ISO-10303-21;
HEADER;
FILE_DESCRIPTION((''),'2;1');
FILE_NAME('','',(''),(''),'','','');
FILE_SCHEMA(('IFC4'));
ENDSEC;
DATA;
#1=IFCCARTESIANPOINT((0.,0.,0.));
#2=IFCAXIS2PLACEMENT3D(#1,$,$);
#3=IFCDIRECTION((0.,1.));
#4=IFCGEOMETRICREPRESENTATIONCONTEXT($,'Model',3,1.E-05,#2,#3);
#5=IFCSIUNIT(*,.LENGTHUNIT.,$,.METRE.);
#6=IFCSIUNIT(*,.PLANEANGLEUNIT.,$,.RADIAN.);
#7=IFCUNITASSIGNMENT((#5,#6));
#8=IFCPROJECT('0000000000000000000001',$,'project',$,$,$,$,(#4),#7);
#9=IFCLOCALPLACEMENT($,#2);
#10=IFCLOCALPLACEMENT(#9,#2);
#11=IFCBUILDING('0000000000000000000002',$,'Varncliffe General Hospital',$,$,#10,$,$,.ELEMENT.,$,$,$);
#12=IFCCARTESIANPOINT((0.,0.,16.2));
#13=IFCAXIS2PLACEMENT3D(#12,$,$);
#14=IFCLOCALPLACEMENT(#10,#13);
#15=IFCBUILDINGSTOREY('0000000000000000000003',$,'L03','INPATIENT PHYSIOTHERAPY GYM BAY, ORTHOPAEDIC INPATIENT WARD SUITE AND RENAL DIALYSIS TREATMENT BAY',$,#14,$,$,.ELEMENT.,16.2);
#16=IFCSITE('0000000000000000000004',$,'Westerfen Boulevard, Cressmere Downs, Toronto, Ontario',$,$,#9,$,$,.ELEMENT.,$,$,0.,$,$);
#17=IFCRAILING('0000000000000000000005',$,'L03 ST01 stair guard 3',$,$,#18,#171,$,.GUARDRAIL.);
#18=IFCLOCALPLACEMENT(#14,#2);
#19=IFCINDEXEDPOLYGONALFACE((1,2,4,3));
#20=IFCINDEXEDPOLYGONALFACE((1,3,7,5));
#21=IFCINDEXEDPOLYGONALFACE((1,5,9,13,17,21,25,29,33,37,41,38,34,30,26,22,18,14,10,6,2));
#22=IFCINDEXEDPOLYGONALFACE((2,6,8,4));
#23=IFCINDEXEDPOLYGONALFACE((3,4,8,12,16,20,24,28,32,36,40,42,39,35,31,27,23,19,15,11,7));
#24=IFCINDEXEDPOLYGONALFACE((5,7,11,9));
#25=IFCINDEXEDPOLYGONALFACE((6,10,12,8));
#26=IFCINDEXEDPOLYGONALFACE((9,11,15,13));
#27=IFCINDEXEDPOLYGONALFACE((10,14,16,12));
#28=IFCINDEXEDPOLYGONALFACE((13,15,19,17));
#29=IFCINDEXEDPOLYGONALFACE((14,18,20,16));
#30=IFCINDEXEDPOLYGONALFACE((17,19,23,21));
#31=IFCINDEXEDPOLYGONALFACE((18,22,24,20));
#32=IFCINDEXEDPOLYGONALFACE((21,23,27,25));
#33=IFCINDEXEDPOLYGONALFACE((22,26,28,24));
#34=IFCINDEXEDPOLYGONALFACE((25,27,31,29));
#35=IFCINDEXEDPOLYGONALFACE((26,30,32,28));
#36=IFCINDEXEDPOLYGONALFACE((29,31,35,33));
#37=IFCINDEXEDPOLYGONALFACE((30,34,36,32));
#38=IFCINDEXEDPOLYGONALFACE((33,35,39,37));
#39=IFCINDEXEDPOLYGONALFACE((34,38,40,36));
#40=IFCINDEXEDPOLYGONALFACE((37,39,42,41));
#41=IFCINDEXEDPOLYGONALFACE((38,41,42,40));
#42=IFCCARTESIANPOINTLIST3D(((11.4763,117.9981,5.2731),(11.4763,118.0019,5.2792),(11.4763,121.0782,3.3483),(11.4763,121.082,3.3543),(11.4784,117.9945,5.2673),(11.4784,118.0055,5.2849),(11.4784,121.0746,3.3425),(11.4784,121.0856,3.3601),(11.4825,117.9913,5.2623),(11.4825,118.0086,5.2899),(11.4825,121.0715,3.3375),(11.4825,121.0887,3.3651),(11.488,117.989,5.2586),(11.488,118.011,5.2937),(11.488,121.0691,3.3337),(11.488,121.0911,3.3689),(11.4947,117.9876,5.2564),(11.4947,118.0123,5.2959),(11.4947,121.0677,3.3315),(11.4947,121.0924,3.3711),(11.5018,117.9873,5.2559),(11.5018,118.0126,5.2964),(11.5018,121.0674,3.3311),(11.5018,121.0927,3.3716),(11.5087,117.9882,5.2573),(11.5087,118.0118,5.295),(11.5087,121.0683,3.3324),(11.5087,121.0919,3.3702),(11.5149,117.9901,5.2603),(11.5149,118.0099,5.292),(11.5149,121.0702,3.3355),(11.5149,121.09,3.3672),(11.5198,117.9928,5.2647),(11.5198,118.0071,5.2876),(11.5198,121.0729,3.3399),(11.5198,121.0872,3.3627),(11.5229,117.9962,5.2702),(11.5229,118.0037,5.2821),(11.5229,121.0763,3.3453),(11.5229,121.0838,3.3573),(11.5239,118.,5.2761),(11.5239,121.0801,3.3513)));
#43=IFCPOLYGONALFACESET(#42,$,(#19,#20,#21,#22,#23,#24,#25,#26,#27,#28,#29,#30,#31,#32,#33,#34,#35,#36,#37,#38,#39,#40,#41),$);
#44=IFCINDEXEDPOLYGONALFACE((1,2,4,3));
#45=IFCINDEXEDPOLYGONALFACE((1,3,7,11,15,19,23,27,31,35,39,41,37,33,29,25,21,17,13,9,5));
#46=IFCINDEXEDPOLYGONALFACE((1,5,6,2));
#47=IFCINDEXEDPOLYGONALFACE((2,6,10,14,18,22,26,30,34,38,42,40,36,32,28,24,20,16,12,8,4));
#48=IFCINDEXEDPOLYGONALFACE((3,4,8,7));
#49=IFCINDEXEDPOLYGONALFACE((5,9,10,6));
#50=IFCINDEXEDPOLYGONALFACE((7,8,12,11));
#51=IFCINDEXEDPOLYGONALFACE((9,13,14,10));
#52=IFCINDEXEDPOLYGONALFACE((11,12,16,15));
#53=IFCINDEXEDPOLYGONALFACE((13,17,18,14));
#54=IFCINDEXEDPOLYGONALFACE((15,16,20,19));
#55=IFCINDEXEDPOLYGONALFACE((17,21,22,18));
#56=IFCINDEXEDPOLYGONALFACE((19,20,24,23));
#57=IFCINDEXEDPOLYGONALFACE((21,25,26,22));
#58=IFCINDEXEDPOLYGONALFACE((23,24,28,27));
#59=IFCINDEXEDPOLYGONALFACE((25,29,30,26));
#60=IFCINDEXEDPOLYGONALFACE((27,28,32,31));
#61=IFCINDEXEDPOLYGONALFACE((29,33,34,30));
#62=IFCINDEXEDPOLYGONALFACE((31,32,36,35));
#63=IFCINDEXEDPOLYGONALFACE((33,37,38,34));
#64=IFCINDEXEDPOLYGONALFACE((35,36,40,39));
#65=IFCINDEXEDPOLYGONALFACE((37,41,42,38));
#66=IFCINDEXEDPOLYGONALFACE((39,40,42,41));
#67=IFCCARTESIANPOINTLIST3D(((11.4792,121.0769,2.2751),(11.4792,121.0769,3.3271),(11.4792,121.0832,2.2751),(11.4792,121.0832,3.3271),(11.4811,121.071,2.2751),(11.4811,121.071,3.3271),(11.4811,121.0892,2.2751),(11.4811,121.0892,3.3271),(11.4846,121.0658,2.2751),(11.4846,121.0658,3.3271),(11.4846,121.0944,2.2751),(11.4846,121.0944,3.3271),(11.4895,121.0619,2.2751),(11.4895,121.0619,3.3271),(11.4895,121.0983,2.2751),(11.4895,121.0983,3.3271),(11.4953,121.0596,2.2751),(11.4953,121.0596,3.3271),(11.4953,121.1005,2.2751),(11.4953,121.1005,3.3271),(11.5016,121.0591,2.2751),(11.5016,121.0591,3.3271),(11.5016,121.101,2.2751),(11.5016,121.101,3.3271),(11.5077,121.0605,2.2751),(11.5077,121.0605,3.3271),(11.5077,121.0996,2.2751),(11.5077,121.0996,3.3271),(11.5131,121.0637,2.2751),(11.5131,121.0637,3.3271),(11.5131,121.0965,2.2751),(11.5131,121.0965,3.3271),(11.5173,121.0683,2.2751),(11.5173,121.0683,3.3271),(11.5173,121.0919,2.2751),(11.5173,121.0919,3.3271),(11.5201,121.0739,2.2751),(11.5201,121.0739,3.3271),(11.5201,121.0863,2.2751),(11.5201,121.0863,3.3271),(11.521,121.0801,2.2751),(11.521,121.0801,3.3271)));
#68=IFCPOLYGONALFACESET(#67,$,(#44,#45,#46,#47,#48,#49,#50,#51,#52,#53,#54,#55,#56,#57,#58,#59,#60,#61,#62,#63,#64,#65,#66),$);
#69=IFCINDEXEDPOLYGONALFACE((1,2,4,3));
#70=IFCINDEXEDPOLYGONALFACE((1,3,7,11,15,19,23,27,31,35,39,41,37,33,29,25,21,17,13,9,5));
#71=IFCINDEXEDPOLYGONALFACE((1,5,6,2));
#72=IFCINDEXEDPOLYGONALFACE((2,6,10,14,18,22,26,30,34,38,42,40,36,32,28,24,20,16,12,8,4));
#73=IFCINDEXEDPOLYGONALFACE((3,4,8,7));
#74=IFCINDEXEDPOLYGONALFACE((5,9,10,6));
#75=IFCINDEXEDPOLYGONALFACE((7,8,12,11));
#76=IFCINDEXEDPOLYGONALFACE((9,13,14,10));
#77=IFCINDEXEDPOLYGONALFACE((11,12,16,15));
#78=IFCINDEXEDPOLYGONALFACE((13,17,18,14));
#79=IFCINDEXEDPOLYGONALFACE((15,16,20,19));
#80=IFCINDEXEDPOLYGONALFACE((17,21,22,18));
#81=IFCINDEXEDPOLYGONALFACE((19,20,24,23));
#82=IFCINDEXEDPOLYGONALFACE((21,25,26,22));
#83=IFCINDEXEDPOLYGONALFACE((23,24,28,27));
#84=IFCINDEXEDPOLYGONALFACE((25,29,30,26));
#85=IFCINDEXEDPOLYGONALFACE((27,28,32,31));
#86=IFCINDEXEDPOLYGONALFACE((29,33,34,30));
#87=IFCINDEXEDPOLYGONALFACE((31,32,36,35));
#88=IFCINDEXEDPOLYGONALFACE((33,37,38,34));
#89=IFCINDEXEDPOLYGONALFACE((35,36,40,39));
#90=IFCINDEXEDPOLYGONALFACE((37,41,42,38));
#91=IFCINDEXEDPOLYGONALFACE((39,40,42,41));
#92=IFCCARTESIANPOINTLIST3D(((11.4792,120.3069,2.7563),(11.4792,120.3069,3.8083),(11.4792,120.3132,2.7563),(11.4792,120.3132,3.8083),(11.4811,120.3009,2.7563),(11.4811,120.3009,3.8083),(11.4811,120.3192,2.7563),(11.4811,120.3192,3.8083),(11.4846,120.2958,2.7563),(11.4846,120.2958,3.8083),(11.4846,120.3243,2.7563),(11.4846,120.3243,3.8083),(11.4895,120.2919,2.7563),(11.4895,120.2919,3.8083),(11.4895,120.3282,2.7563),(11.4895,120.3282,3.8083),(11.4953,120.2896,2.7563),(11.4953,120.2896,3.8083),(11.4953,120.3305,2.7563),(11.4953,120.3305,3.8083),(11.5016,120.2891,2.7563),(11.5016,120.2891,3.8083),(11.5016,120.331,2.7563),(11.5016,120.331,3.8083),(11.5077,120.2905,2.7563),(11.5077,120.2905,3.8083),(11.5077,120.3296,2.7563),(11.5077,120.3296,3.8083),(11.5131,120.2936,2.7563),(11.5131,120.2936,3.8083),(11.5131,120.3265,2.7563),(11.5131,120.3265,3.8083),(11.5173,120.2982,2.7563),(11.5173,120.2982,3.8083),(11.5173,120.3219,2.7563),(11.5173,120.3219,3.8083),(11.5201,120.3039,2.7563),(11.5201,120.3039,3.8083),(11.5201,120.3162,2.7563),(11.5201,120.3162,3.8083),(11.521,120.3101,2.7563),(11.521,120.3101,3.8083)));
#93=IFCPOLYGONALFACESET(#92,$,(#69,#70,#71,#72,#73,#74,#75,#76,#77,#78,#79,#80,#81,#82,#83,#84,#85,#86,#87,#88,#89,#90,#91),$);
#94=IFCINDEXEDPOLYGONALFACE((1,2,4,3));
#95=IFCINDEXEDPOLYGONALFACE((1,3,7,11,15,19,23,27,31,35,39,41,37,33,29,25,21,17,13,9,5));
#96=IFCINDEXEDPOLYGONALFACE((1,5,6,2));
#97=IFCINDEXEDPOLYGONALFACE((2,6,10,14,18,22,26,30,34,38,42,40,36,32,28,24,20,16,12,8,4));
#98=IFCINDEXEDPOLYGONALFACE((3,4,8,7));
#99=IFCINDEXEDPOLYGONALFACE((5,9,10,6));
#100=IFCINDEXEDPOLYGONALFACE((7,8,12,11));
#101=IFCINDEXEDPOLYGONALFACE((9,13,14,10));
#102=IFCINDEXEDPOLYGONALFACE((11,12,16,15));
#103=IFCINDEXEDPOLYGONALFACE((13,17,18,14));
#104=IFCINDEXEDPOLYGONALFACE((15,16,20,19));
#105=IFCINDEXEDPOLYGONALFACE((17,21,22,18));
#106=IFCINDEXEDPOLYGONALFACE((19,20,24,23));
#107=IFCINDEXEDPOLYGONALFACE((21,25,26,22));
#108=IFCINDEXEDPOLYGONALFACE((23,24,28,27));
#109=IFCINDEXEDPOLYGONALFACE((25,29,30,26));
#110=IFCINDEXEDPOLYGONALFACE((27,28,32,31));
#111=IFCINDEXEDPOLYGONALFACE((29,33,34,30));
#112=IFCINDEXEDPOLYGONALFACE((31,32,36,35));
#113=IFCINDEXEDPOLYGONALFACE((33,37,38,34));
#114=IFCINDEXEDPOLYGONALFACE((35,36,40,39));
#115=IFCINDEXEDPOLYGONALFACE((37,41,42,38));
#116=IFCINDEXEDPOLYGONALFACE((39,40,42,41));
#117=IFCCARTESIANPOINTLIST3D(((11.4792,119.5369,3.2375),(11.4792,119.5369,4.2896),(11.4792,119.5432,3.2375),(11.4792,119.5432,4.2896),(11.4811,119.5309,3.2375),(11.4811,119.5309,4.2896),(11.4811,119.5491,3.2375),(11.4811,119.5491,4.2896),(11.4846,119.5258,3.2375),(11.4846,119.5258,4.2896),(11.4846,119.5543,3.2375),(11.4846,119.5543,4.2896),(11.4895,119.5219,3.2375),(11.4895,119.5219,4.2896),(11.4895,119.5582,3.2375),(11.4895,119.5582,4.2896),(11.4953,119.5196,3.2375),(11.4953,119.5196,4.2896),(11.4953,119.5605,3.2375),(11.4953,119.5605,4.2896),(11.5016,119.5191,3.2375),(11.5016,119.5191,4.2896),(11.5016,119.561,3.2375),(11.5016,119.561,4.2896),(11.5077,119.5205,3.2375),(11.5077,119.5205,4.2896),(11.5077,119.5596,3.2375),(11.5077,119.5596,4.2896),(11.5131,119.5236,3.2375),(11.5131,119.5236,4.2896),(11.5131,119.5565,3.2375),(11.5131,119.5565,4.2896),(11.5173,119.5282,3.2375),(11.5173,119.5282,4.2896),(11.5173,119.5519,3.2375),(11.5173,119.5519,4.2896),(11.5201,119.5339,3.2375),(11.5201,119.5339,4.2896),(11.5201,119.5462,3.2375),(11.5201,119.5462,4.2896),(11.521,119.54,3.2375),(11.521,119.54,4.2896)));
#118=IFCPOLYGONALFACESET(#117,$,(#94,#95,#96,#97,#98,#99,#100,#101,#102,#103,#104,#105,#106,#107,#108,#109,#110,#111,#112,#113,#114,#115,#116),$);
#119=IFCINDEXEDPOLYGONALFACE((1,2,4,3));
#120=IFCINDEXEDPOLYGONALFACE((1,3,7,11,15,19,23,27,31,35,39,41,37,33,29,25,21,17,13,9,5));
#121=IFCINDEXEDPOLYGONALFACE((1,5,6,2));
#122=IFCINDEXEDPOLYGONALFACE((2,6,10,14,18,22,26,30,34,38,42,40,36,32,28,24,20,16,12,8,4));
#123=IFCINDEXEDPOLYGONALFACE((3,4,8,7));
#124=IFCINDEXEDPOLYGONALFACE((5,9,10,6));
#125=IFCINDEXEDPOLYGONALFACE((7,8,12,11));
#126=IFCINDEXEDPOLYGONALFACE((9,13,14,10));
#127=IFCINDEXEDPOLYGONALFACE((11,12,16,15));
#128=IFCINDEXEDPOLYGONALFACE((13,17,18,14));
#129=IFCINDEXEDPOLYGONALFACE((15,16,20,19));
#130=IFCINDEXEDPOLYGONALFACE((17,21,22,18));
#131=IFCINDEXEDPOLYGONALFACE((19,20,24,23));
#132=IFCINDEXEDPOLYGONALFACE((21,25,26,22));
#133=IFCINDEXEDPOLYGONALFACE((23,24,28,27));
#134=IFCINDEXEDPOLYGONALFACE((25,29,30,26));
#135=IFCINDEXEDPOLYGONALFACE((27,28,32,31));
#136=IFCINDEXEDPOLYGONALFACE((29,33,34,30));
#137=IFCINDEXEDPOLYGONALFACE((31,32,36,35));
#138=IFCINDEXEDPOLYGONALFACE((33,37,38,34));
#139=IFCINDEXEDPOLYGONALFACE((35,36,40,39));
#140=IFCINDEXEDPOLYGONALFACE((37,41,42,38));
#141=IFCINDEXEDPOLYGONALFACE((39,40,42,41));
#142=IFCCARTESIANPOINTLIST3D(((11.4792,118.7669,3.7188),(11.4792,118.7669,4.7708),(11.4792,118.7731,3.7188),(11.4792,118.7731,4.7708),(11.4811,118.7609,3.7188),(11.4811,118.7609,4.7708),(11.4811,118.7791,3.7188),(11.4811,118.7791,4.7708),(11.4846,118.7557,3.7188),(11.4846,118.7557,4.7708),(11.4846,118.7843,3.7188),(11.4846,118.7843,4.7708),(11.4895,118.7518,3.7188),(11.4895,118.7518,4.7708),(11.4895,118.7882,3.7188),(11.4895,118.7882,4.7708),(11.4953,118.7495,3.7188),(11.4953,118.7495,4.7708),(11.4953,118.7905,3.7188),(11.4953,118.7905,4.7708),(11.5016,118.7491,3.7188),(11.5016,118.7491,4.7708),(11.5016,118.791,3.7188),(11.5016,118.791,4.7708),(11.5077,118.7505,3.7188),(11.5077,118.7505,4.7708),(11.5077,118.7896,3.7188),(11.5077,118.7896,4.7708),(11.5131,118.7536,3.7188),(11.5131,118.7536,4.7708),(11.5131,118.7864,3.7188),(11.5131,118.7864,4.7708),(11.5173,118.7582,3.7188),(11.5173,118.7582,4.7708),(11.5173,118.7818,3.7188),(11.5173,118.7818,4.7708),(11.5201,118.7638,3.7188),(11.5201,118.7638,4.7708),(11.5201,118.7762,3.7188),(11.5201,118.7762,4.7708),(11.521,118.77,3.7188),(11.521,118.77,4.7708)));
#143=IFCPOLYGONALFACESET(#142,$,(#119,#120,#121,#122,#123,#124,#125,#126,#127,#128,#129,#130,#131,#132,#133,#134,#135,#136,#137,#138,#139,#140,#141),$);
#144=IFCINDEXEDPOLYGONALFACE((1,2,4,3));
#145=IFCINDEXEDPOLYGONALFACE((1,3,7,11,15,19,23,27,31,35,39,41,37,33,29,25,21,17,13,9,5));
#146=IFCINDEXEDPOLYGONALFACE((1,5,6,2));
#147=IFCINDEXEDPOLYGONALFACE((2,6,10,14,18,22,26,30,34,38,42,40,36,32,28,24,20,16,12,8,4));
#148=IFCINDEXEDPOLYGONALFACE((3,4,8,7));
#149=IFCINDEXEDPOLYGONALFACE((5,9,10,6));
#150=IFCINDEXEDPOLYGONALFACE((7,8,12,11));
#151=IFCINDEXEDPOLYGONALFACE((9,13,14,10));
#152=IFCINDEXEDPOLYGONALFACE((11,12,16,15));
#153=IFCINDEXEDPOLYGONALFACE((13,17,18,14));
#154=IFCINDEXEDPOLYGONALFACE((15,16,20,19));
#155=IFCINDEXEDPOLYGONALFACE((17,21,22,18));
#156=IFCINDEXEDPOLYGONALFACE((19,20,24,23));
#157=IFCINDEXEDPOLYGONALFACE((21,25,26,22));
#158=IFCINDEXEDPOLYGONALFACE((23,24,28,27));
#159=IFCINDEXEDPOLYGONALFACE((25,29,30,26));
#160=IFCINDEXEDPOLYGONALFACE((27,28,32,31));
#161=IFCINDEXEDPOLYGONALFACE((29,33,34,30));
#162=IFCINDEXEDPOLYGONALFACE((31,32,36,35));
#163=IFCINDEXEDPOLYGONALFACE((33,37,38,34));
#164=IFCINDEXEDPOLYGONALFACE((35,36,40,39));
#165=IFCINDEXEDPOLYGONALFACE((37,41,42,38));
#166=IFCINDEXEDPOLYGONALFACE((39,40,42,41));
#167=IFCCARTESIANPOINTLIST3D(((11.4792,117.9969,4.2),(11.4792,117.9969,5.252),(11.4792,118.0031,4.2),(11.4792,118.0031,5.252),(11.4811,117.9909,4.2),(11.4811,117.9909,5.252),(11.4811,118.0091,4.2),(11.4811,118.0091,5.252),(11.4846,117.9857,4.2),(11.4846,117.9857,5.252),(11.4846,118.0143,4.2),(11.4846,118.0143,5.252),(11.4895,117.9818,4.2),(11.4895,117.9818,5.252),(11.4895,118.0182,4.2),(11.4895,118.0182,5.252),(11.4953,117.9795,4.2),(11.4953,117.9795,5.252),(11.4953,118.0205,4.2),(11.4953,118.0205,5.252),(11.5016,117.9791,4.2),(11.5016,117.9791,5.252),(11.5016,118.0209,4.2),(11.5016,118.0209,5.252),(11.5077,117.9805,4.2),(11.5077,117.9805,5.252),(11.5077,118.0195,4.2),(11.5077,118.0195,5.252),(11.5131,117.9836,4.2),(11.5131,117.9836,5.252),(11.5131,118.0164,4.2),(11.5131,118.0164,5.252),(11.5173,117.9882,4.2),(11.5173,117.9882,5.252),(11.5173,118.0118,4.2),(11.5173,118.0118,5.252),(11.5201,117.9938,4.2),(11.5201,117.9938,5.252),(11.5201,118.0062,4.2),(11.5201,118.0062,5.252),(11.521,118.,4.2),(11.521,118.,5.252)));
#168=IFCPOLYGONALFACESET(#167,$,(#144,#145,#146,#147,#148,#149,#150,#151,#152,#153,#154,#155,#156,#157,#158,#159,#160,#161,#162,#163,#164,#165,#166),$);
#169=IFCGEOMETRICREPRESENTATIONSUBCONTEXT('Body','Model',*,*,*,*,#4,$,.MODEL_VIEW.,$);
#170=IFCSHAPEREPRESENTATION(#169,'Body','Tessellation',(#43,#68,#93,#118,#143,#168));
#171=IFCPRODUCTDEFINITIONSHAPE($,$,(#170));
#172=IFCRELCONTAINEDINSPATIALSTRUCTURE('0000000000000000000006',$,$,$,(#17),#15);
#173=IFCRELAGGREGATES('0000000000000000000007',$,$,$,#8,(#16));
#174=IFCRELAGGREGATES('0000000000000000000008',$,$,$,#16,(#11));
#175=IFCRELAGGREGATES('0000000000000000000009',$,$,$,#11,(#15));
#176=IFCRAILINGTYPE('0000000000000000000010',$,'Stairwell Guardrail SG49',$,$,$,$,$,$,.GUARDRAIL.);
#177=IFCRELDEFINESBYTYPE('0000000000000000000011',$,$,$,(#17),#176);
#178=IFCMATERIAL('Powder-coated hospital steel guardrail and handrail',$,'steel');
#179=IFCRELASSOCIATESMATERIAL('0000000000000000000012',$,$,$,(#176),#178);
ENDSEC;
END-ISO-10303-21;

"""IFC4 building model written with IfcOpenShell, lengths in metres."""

from ifc_helpers import new_model, si_unit, direction, frame, origin, origin_2d, place, context, subcontext, project, spatial, circle, extrude, material, type_object, element, save


model = new_model("IFC4")

# Units and contexts
model_context = context("Model", 3, precision=1e-05, world=origin(), true_north=direction((0.0, 1.0)))
body_context = subcontext(model_context, "Body", "Model", "MODEL_VIEW")
ifc_project = project(units=[si_unit("LENGTHUNIT", "METRE"), si_unit("PLANEANGLEUNIT", "RADIAN")], contexts=[model_context])

# Site, building, storey
site_placement = place(None, origin())
site = spatial("IfcSite", under=ifc_project, at=site_placement, Name="Westerfen Boulevard, Cressmere Downs, Toronto, Ontario", CompositionType="ELEMENT", RefElevation=0.0)
building_placement = place(site_placement, origin())
building = spatial("IfcBuilding", under=site, at=building_placement, Name="Varncliffe General Hospital", CompositionType="ELEMENT")
storey_placement = place(building_placement, frame((0.0, 0.0, 16.2)))
storey = spatial("IfcBuildingStorey", under=building, at=storey_placement, Name="L03", Description="INPATIENT PHYSIOTHERAPY GYM BAY, ORTHOPAEDIC INPATIENT WARD SUITE AND RENAL DIALYSIS TREATMENT BAY", CompositionType="ELEMENT", Elevation=16.2)

# Railing
ifc_material_1 = material(Name="Powder-coated hospital steel guardrail and handrail", Category="steel")
railing_type_1 = type_object("IfcRailingType", Name="Stairwell Guardrail SG49", PredefinedType="GUARDRAIL", material=ifc_material_1)
railing_1_placement = place(storey_placement, frame((11.5, 121.0801, 2.2751)))
element("IfcRailing", 1, at=railing_1_placement, inside=storey, type_object=railing_type_1, Name="L03 ST01 stair guard 3", PredefinedType="GUARDRAIL", context=body_context, shape_type="SweptSolid", body=[
    extrude(circle(Radius=0.0239, at=origin_2d()), frame((0.0, 0.0, 1.0762), z_axis=(0.0, -0.848029, 0.529951), x_axis=(1.0, 0.0, 0.0)), (0.0, 0.0, 1.0), 3.6321),
    extrude(circle(Radius=0.021, at=origin_2d()), origin(), (0.0, 0.0, 1.0), 1.052),
    extrude(circle(Radius=0.021, at=origin_2d()), frame((0.0, -0.77, 0.4812)), (0.0, 0.0, 1.0), 1.052),
    extrude(circle(Radius=0.021, at=origin_2d()), frame((0.0, -1.54, 0.9624)), (0.0, 0.0, 1.0), 1.052),
    extrude(circle(Radius=0.021, at=origin_2d()), frame((0.0, -2.3101, 1.4436)), (0.0, 0.0, 1.0), 1.052),
    extrude(circle(Radius=0.021, at=origin_2d()), frame((0.0, -3.0801, 1.9248)), (0.0, 0.0, 1.0), 1.052),
])

save(model, "model.ifc")
